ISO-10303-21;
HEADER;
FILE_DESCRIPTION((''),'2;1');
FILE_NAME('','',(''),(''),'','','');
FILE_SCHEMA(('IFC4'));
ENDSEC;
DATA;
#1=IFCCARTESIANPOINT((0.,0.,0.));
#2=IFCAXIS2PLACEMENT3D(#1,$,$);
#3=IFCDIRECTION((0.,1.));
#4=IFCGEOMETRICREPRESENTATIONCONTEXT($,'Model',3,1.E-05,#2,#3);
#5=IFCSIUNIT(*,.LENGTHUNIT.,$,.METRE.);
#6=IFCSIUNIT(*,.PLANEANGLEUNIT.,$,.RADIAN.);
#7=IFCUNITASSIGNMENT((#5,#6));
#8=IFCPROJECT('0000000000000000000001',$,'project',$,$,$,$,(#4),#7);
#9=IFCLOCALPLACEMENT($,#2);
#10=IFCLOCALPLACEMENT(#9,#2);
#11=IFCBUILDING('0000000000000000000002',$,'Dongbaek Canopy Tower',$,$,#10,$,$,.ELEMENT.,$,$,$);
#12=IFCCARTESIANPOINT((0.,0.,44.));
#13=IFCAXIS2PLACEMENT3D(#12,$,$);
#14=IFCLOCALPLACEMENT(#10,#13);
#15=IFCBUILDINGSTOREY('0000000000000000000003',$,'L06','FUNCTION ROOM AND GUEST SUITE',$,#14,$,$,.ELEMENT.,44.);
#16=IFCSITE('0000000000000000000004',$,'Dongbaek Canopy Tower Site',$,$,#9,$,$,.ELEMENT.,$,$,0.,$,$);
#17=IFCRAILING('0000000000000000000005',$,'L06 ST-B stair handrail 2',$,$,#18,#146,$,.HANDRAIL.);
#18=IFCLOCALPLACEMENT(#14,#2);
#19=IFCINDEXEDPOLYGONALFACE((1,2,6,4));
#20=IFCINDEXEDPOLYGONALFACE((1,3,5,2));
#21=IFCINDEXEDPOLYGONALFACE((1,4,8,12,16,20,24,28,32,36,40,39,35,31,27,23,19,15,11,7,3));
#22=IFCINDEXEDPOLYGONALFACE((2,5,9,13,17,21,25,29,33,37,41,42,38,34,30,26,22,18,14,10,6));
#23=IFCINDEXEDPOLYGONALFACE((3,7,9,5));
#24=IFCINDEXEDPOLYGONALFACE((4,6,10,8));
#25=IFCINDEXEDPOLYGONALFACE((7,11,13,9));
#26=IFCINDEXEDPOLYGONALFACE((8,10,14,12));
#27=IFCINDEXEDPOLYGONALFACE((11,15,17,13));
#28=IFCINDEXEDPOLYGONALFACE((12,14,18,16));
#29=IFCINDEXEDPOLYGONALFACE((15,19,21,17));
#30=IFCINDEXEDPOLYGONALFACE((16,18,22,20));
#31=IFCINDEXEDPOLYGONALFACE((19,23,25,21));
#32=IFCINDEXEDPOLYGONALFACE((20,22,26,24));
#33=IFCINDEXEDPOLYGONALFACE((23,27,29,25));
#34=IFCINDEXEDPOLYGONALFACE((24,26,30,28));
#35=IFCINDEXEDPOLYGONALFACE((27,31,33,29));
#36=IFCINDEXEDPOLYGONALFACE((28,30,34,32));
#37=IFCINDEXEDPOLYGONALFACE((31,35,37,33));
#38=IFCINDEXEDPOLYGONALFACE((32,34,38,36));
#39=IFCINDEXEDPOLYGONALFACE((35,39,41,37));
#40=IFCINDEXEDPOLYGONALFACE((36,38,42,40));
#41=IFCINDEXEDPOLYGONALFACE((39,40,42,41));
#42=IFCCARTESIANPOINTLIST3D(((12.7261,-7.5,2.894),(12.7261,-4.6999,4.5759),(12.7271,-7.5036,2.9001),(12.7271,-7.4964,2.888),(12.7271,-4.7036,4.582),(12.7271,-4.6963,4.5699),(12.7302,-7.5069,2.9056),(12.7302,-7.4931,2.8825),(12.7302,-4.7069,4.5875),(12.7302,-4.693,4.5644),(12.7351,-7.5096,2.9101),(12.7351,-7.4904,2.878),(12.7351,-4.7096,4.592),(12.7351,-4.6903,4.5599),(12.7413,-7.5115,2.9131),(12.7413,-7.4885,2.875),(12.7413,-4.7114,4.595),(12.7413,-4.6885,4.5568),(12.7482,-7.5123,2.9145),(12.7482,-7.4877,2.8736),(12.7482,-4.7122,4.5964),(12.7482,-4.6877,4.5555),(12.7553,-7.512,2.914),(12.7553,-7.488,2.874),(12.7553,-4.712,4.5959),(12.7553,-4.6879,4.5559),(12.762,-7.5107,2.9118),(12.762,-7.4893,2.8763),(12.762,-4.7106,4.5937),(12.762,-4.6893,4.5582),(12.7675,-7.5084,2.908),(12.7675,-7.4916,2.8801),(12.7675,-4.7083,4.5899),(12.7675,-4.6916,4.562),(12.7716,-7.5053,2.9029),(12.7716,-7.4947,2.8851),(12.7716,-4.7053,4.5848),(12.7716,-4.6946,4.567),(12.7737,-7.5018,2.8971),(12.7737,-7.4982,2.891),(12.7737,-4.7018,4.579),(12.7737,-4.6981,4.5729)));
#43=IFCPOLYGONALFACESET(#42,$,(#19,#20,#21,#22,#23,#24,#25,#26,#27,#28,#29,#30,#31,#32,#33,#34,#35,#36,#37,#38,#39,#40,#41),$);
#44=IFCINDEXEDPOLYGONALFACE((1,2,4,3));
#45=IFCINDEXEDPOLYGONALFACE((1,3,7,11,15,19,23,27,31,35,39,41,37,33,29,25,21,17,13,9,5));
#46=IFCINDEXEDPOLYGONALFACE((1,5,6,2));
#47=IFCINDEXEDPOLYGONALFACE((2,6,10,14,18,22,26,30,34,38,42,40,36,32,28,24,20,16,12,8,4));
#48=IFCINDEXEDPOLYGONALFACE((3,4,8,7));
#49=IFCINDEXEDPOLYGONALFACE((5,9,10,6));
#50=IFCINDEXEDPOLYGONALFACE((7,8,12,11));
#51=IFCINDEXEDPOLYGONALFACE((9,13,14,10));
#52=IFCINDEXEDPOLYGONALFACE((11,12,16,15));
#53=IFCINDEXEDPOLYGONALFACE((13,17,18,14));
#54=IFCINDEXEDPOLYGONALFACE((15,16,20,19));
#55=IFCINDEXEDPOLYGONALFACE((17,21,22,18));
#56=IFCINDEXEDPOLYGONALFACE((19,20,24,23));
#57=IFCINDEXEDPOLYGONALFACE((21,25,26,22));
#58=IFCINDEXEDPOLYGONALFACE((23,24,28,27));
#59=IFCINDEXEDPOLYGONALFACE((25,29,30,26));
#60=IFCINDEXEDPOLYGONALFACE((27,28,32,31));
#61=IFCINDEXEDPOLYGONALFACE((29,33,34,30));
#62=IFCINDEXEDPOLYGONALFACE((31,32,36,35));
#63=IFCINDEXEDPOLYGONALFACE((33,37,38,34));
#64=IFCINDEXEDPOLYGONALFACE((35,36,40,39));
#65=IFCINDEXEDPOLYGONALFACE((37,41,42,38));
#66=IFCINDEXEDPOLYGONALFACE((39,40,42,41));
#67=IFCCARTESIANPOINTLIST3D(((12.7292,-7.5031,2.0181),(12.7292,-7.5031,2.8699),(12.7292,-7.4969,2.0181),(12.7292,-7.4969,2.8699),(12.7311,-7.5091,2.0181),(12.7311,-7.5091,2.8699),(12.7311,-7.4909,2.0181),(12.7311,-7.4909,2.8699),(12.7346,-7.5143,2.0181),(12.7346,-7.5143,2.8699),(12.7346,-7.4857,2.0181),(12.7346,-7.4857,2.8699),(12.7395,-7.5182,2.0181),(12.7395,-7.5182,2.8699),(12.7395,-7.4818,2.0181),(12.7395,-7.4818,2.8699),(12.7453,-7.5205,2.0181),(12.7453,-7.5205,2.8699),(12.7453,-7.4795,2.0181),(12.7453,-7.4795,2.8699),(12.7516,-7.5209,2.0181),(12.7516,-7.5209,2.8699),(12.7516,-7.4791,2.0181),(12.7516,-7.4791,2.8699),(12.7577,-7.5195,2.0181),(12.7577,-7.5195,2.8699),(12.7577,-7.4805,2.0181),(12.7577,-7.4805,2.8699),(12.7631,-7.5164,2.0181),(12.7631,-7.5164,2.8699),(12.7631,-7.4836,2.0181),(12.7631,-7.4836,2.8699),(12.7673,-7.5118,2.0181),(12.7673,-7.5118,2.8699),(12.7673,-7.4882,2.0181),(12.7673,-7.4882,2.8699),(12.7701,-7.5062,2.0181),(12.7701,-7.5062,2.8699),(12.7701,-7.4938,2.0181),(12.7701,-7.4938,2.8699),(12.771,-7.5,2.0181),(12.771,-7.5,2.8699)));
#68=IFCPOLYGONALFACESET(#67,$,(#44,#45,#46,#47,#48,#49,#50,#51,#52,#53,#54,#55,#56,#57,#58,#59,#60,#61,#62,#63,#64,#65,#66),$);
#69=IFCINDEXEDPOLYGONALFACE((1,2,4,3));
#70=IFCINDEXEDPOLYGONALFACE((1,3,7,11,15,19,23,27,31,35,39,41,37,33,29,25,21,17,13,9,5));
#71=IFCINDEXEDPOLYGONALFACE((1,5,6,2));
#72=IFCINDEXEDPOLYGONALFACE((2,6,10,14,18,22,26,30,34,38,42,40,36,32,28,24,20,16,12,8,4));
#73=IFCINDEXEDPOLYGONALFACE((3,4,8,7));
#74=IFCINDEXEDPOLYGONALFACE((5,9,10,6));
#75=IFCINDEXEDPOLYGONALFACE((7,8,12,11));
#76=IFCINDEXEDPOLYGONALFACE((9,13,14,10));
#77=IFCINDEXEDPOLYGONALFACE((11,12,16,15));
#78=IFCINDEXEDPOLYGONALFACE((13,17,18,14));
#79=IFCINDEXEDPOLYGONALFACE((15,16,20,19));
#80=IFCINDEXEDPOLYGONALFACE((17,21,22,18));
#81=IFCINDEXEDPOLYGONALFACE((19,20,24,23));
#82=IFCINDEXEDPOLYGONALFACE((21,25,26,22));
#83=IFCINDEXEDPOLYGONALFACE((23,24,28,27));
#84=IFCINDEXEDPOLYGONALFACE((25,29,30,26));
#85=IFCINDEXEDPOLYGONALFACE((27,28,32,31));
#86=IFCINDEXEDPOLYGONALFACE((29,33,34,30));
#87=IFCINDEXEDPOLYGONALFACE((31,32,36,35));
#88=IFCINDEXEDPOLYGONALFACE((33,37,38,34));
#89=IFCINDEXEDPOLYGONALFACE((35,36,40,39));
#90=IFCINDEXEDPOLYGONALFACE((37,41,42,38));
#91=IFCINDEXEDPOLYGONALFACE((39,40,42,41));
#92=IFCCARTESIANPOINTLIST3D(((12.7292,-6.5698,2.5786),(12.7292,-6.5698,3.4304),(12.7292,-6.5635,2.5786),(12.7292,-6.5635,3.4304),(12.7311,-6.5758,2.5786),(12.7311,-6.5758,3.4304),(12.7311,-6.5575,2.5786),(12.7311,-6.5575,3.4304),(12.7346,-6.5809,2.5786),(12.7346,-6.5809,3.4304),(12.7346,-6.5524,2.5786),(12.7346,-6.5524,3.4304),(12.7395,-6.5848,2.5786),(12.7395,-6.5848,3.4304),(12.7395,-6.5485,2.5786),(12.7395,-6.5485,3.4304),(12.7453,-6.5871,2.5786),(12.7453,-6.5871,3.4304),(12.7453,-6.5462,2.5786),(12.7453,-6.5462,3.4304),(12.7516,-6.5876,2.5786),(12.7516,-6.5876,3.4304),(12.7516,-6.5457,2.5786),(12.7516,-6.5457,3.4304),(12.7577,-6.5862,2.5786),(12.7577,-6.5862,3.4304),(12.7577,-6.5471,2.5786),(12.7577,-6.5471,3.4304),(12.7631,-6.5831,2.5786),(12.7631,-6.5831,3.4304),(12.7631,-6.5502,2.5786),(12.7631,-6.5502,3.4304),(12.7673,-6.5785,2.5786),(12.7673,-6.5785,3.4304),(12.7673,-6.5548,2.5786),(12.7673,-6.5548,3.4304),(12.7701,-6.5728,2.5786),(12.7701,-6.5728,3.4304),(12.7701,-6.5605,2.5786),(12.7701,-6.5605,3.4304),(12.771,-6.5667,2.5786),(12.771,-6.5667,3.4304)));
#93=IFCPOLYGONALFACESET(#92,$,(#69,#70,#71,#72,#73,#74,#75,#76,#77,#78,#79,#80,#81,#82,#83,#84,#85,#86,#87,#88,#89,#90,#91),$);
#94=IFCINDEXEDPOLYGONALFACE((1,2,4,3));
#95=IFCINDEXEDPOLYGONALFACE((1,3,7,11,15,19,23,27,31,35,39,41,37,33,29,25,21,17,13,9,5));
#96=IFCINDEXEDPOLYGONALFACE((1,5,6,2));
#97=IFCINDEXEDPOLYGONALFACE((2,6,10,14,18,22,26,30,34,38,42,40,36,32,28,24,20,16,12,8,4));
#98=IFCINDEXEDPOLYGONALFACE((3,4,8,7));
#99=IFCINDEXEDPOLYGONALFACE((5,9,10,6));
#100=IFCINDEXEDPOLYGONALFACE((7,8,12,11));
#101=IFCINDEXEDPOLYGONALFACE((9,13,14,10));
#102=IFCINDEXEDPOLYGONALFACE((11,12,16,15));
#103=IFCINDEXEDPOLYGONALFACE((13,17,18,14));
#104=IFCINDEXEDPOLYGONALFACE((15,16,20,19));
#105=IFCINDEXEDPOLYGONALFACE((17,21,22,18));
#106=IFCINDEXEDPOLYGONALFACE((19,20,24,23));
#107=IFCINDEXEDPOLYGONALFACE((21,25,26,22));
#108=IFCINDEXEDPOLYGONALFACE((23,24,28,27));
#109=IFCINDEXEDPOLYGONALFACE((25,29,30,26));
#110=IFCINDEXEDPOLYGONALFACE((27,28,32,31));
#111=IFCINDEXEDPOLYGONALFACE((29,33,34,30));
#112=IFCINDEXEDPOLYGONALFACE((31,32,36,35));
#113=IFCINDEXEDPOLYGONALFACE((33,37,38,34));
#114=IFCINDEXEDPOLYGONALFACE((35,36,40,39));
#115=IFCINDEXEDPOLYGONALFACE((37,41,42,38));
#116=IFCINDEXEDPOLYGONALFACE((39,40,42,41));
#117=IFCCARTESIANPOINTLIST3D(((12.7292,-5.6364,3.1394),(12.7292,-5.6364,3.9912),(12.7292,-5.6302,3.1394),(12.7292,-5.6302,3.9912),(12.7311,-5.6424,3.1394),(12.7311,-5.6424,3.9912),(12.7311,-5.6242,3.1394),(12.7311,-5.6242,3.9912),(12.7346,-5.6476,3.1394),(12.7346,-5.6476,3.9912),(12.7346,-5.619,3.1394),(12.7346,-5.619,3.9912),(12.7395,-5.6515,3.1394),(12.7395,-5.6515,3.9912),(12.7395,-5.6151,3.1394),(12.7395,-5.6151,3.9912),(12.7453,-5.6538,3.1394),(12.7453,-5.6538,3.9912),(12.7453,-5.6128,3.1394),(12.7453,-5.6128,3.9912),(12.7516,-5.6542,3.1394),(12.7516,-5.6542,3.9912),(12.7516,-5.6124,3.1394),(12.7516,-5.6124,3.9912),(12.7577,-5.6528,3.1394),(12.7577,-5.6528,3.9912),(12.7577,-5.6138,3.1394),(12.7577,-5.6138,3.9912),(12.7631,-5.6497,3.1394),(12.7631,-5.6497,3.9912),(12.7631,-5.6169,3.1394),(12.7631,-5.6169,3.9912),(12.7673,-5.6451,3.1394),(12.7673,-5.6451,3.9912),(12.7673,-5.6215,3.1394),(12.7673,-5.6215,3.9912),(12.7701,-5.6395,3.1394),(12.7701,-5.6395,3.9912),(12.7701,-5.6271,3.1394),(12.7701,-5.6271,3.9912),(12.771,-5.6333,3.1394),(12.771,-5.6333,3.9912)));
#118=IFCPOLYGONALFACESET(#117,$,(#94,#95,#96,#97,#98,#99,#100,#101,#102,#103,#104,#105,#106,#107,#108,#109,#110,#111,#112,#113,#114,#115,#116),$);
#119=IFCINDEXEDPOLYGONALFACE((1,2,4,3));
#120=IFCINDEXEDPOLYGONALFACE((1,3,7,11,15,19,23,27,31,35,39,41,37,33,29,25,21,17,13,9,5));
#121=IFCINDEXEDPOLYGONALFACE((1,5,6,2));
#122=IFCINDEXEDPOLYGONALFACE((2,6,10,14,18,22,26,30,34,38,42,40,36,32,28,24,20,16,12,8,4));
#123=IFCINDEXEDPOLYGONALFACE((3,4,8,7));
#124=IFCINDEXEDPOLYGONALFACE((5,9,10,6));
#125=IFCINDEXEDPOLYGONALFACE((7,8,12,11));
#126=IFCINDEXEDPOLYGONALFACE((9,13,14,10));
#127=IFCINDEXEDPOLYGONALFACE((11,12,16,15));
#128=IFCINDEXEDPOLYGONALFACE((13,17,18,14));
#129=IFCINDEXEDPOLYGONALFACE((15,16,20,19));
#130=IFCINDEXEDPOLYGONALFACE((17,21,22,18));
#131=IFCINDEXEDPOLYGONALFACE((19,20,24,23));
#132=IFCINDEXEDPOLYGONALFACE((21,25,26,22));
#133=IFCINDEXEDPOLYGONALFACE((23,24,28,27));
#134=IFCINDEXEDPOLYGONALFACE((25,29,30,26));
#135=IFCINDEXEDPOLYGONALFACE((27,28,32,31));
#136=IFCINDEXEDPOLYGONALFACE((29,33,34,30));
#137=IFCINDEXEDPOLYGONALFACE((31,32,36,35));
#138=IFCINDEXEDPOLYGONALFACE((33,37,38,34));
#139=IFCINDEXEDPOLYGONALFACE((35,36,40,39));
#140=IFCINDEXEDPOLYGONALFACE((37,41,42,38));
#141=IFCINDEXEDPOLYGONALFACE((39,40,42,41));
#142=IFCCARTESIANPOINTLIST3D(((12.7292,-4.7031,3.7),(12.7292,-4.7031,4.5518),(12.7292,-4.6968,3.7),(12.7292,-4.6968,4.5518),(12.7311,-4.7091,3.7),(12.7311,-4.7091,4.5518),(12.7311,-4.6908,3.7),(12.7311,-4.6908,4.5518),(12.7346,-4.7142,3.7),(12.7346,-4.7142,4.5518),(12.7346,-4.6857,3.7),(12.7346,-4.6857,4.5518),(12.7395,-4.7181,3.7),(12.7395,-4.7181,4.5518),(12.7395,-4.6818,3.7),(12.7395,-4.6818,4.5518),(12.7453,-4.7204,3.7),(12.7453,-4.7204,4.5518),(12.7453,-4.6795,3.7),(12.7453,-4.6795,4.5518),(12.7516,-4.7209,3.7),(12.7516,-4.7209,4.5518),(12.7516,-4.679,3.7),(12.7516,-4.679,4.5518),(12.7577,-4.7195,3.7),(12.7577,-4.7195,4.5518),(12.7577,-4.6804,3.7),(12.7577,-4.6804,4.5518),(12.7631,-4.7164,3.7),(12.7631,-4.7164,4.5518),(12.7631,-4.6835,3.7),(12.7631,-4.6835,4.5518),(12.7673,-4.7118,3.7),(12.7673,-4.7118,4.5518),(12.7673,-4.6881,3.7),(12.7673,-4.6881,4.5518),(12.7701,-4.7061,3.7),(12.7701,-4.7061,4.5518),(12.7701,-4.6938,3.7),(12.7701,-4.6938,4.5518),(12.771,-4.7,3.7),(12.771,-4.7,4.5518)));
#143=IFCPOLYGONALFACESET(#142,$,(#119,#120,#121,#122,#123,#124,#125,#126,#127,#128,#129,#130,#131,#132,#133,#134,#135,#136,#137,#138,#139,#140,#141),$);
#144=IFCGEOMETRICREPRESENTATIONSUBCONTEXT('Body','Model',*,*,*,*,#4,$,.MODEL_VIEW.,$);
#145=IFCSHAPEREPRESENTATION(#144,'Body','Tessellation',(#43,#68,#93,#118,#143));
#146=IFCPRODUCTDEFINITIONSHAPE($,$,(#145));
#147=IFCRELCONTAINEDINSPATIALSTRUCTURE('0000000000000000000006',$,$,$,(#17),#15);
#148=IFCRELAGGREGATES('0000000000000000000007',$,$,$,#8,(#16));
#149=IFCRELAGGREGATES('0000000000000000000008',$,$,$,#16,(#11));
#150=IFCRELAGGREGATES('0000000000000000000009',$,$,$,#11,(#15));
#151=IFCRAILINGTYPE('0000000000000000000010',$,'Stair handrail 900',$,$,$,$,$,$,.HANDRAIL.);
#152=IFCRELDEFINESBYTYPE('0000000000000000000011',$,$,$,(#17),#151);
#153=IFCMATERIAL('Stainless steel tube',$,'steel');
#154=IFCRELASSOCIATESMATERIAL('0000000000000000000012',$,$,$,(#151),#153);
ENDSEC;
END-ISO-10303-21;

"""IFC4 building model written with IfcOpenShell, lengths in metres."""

from ifc_helpers import new_model, si_unit, direction, frame, origin, origin_2d, place, context, subcontext, project, spatial, circle, extrude, material, type_object, element, save


model = new_model("IFC4")

# Units and contexts
model_context = context("Model", 3, precision=1e-05, world=origin(), true_north=direction((0.0, 1.0)))
body_context = subcontext(model_context, "Body", "Model", "MODEL_VIEW")
ifc_project = project(units=[si_unit("LENGTHUNIT", "METRE"), si_unit("PLANEANGLEUNIT", "RADIAN")], contexts=[model_context])

# Site, building, storey
site_placement = place(None, origin())
site = spatial("IfcSite", under=ifc_project, at=site_placement, Name="Dongbaek Canopy Tower Site", CompositionType="ELEMENT", RefElevation=0.0)
building_placement = place(site_placement, origin())
building = spatial("IfcBuilding", under=site, at=building_placement, Name="Dongbaek Canopy Tower", CompositionType="ELEMENT")
storey_placement = place(building_placement, frame((0.0, 0.0, 44.0)))
storey = spatial("IfcBuildingStorey", under=building, at=storey_placement, Name="L06", Description="FUNCTION ROOM AND GUEST SUITE", CompositionType="ELEMENT", Elevation=44.0)

# Railing
ifc_material_1 = material(Name="Stainless steel tube", Category="steel")
railing_type_1 = type_object("IfcRailingType", Name="Stair handrail 900", PredefinedType="HANDRAIL", material=ifc_material_1)
railing_1_placement = place(storey_placement, frame((12.75, -7.5, 2.0181)))
element("IfcRailing", 1, at=railing_1_placement, inside=storey, type_object=railing_type_1, Name="L06 ST-B stair handrail 2", PredefinedType="HANDRAIL", context=body_context, shape_type="SweptSolid", body=[
    extrude(circle(Radius=0.0239, at=origin_2d()), frame((0.0, 0.0, 0.876), z_axis=(0.0, 0.857242, 0.514913), x_axis=(-1.0, 0.0, 0.0)), (0.0, 0.0, 1.0), 3.2664),
    extrude(circle(Radius=0.021, at=origin_2d()), origin(), (0.0, 0.0, 1.0), 0.8518),
    extrude(circle(Radius=0.021, at=origin_2d()), frame((0.0, 0.9333, 0.5605)), (0.0, 0.0, 1.0), 0.8518),
    extrude(circle(Radius=0.021, at=origin_2d()), frame((0.0, 1.8667, 1.1213)), (0.0, 0.0, 1.0), 0.8518),
    extrude(circle(Radius=0.021, at=origin_2d()), frame((0.0, 2.8, 1.6819)), (0.0, 0.0, 1.0), 0.8518),
])

save(model, "model.ifc")
